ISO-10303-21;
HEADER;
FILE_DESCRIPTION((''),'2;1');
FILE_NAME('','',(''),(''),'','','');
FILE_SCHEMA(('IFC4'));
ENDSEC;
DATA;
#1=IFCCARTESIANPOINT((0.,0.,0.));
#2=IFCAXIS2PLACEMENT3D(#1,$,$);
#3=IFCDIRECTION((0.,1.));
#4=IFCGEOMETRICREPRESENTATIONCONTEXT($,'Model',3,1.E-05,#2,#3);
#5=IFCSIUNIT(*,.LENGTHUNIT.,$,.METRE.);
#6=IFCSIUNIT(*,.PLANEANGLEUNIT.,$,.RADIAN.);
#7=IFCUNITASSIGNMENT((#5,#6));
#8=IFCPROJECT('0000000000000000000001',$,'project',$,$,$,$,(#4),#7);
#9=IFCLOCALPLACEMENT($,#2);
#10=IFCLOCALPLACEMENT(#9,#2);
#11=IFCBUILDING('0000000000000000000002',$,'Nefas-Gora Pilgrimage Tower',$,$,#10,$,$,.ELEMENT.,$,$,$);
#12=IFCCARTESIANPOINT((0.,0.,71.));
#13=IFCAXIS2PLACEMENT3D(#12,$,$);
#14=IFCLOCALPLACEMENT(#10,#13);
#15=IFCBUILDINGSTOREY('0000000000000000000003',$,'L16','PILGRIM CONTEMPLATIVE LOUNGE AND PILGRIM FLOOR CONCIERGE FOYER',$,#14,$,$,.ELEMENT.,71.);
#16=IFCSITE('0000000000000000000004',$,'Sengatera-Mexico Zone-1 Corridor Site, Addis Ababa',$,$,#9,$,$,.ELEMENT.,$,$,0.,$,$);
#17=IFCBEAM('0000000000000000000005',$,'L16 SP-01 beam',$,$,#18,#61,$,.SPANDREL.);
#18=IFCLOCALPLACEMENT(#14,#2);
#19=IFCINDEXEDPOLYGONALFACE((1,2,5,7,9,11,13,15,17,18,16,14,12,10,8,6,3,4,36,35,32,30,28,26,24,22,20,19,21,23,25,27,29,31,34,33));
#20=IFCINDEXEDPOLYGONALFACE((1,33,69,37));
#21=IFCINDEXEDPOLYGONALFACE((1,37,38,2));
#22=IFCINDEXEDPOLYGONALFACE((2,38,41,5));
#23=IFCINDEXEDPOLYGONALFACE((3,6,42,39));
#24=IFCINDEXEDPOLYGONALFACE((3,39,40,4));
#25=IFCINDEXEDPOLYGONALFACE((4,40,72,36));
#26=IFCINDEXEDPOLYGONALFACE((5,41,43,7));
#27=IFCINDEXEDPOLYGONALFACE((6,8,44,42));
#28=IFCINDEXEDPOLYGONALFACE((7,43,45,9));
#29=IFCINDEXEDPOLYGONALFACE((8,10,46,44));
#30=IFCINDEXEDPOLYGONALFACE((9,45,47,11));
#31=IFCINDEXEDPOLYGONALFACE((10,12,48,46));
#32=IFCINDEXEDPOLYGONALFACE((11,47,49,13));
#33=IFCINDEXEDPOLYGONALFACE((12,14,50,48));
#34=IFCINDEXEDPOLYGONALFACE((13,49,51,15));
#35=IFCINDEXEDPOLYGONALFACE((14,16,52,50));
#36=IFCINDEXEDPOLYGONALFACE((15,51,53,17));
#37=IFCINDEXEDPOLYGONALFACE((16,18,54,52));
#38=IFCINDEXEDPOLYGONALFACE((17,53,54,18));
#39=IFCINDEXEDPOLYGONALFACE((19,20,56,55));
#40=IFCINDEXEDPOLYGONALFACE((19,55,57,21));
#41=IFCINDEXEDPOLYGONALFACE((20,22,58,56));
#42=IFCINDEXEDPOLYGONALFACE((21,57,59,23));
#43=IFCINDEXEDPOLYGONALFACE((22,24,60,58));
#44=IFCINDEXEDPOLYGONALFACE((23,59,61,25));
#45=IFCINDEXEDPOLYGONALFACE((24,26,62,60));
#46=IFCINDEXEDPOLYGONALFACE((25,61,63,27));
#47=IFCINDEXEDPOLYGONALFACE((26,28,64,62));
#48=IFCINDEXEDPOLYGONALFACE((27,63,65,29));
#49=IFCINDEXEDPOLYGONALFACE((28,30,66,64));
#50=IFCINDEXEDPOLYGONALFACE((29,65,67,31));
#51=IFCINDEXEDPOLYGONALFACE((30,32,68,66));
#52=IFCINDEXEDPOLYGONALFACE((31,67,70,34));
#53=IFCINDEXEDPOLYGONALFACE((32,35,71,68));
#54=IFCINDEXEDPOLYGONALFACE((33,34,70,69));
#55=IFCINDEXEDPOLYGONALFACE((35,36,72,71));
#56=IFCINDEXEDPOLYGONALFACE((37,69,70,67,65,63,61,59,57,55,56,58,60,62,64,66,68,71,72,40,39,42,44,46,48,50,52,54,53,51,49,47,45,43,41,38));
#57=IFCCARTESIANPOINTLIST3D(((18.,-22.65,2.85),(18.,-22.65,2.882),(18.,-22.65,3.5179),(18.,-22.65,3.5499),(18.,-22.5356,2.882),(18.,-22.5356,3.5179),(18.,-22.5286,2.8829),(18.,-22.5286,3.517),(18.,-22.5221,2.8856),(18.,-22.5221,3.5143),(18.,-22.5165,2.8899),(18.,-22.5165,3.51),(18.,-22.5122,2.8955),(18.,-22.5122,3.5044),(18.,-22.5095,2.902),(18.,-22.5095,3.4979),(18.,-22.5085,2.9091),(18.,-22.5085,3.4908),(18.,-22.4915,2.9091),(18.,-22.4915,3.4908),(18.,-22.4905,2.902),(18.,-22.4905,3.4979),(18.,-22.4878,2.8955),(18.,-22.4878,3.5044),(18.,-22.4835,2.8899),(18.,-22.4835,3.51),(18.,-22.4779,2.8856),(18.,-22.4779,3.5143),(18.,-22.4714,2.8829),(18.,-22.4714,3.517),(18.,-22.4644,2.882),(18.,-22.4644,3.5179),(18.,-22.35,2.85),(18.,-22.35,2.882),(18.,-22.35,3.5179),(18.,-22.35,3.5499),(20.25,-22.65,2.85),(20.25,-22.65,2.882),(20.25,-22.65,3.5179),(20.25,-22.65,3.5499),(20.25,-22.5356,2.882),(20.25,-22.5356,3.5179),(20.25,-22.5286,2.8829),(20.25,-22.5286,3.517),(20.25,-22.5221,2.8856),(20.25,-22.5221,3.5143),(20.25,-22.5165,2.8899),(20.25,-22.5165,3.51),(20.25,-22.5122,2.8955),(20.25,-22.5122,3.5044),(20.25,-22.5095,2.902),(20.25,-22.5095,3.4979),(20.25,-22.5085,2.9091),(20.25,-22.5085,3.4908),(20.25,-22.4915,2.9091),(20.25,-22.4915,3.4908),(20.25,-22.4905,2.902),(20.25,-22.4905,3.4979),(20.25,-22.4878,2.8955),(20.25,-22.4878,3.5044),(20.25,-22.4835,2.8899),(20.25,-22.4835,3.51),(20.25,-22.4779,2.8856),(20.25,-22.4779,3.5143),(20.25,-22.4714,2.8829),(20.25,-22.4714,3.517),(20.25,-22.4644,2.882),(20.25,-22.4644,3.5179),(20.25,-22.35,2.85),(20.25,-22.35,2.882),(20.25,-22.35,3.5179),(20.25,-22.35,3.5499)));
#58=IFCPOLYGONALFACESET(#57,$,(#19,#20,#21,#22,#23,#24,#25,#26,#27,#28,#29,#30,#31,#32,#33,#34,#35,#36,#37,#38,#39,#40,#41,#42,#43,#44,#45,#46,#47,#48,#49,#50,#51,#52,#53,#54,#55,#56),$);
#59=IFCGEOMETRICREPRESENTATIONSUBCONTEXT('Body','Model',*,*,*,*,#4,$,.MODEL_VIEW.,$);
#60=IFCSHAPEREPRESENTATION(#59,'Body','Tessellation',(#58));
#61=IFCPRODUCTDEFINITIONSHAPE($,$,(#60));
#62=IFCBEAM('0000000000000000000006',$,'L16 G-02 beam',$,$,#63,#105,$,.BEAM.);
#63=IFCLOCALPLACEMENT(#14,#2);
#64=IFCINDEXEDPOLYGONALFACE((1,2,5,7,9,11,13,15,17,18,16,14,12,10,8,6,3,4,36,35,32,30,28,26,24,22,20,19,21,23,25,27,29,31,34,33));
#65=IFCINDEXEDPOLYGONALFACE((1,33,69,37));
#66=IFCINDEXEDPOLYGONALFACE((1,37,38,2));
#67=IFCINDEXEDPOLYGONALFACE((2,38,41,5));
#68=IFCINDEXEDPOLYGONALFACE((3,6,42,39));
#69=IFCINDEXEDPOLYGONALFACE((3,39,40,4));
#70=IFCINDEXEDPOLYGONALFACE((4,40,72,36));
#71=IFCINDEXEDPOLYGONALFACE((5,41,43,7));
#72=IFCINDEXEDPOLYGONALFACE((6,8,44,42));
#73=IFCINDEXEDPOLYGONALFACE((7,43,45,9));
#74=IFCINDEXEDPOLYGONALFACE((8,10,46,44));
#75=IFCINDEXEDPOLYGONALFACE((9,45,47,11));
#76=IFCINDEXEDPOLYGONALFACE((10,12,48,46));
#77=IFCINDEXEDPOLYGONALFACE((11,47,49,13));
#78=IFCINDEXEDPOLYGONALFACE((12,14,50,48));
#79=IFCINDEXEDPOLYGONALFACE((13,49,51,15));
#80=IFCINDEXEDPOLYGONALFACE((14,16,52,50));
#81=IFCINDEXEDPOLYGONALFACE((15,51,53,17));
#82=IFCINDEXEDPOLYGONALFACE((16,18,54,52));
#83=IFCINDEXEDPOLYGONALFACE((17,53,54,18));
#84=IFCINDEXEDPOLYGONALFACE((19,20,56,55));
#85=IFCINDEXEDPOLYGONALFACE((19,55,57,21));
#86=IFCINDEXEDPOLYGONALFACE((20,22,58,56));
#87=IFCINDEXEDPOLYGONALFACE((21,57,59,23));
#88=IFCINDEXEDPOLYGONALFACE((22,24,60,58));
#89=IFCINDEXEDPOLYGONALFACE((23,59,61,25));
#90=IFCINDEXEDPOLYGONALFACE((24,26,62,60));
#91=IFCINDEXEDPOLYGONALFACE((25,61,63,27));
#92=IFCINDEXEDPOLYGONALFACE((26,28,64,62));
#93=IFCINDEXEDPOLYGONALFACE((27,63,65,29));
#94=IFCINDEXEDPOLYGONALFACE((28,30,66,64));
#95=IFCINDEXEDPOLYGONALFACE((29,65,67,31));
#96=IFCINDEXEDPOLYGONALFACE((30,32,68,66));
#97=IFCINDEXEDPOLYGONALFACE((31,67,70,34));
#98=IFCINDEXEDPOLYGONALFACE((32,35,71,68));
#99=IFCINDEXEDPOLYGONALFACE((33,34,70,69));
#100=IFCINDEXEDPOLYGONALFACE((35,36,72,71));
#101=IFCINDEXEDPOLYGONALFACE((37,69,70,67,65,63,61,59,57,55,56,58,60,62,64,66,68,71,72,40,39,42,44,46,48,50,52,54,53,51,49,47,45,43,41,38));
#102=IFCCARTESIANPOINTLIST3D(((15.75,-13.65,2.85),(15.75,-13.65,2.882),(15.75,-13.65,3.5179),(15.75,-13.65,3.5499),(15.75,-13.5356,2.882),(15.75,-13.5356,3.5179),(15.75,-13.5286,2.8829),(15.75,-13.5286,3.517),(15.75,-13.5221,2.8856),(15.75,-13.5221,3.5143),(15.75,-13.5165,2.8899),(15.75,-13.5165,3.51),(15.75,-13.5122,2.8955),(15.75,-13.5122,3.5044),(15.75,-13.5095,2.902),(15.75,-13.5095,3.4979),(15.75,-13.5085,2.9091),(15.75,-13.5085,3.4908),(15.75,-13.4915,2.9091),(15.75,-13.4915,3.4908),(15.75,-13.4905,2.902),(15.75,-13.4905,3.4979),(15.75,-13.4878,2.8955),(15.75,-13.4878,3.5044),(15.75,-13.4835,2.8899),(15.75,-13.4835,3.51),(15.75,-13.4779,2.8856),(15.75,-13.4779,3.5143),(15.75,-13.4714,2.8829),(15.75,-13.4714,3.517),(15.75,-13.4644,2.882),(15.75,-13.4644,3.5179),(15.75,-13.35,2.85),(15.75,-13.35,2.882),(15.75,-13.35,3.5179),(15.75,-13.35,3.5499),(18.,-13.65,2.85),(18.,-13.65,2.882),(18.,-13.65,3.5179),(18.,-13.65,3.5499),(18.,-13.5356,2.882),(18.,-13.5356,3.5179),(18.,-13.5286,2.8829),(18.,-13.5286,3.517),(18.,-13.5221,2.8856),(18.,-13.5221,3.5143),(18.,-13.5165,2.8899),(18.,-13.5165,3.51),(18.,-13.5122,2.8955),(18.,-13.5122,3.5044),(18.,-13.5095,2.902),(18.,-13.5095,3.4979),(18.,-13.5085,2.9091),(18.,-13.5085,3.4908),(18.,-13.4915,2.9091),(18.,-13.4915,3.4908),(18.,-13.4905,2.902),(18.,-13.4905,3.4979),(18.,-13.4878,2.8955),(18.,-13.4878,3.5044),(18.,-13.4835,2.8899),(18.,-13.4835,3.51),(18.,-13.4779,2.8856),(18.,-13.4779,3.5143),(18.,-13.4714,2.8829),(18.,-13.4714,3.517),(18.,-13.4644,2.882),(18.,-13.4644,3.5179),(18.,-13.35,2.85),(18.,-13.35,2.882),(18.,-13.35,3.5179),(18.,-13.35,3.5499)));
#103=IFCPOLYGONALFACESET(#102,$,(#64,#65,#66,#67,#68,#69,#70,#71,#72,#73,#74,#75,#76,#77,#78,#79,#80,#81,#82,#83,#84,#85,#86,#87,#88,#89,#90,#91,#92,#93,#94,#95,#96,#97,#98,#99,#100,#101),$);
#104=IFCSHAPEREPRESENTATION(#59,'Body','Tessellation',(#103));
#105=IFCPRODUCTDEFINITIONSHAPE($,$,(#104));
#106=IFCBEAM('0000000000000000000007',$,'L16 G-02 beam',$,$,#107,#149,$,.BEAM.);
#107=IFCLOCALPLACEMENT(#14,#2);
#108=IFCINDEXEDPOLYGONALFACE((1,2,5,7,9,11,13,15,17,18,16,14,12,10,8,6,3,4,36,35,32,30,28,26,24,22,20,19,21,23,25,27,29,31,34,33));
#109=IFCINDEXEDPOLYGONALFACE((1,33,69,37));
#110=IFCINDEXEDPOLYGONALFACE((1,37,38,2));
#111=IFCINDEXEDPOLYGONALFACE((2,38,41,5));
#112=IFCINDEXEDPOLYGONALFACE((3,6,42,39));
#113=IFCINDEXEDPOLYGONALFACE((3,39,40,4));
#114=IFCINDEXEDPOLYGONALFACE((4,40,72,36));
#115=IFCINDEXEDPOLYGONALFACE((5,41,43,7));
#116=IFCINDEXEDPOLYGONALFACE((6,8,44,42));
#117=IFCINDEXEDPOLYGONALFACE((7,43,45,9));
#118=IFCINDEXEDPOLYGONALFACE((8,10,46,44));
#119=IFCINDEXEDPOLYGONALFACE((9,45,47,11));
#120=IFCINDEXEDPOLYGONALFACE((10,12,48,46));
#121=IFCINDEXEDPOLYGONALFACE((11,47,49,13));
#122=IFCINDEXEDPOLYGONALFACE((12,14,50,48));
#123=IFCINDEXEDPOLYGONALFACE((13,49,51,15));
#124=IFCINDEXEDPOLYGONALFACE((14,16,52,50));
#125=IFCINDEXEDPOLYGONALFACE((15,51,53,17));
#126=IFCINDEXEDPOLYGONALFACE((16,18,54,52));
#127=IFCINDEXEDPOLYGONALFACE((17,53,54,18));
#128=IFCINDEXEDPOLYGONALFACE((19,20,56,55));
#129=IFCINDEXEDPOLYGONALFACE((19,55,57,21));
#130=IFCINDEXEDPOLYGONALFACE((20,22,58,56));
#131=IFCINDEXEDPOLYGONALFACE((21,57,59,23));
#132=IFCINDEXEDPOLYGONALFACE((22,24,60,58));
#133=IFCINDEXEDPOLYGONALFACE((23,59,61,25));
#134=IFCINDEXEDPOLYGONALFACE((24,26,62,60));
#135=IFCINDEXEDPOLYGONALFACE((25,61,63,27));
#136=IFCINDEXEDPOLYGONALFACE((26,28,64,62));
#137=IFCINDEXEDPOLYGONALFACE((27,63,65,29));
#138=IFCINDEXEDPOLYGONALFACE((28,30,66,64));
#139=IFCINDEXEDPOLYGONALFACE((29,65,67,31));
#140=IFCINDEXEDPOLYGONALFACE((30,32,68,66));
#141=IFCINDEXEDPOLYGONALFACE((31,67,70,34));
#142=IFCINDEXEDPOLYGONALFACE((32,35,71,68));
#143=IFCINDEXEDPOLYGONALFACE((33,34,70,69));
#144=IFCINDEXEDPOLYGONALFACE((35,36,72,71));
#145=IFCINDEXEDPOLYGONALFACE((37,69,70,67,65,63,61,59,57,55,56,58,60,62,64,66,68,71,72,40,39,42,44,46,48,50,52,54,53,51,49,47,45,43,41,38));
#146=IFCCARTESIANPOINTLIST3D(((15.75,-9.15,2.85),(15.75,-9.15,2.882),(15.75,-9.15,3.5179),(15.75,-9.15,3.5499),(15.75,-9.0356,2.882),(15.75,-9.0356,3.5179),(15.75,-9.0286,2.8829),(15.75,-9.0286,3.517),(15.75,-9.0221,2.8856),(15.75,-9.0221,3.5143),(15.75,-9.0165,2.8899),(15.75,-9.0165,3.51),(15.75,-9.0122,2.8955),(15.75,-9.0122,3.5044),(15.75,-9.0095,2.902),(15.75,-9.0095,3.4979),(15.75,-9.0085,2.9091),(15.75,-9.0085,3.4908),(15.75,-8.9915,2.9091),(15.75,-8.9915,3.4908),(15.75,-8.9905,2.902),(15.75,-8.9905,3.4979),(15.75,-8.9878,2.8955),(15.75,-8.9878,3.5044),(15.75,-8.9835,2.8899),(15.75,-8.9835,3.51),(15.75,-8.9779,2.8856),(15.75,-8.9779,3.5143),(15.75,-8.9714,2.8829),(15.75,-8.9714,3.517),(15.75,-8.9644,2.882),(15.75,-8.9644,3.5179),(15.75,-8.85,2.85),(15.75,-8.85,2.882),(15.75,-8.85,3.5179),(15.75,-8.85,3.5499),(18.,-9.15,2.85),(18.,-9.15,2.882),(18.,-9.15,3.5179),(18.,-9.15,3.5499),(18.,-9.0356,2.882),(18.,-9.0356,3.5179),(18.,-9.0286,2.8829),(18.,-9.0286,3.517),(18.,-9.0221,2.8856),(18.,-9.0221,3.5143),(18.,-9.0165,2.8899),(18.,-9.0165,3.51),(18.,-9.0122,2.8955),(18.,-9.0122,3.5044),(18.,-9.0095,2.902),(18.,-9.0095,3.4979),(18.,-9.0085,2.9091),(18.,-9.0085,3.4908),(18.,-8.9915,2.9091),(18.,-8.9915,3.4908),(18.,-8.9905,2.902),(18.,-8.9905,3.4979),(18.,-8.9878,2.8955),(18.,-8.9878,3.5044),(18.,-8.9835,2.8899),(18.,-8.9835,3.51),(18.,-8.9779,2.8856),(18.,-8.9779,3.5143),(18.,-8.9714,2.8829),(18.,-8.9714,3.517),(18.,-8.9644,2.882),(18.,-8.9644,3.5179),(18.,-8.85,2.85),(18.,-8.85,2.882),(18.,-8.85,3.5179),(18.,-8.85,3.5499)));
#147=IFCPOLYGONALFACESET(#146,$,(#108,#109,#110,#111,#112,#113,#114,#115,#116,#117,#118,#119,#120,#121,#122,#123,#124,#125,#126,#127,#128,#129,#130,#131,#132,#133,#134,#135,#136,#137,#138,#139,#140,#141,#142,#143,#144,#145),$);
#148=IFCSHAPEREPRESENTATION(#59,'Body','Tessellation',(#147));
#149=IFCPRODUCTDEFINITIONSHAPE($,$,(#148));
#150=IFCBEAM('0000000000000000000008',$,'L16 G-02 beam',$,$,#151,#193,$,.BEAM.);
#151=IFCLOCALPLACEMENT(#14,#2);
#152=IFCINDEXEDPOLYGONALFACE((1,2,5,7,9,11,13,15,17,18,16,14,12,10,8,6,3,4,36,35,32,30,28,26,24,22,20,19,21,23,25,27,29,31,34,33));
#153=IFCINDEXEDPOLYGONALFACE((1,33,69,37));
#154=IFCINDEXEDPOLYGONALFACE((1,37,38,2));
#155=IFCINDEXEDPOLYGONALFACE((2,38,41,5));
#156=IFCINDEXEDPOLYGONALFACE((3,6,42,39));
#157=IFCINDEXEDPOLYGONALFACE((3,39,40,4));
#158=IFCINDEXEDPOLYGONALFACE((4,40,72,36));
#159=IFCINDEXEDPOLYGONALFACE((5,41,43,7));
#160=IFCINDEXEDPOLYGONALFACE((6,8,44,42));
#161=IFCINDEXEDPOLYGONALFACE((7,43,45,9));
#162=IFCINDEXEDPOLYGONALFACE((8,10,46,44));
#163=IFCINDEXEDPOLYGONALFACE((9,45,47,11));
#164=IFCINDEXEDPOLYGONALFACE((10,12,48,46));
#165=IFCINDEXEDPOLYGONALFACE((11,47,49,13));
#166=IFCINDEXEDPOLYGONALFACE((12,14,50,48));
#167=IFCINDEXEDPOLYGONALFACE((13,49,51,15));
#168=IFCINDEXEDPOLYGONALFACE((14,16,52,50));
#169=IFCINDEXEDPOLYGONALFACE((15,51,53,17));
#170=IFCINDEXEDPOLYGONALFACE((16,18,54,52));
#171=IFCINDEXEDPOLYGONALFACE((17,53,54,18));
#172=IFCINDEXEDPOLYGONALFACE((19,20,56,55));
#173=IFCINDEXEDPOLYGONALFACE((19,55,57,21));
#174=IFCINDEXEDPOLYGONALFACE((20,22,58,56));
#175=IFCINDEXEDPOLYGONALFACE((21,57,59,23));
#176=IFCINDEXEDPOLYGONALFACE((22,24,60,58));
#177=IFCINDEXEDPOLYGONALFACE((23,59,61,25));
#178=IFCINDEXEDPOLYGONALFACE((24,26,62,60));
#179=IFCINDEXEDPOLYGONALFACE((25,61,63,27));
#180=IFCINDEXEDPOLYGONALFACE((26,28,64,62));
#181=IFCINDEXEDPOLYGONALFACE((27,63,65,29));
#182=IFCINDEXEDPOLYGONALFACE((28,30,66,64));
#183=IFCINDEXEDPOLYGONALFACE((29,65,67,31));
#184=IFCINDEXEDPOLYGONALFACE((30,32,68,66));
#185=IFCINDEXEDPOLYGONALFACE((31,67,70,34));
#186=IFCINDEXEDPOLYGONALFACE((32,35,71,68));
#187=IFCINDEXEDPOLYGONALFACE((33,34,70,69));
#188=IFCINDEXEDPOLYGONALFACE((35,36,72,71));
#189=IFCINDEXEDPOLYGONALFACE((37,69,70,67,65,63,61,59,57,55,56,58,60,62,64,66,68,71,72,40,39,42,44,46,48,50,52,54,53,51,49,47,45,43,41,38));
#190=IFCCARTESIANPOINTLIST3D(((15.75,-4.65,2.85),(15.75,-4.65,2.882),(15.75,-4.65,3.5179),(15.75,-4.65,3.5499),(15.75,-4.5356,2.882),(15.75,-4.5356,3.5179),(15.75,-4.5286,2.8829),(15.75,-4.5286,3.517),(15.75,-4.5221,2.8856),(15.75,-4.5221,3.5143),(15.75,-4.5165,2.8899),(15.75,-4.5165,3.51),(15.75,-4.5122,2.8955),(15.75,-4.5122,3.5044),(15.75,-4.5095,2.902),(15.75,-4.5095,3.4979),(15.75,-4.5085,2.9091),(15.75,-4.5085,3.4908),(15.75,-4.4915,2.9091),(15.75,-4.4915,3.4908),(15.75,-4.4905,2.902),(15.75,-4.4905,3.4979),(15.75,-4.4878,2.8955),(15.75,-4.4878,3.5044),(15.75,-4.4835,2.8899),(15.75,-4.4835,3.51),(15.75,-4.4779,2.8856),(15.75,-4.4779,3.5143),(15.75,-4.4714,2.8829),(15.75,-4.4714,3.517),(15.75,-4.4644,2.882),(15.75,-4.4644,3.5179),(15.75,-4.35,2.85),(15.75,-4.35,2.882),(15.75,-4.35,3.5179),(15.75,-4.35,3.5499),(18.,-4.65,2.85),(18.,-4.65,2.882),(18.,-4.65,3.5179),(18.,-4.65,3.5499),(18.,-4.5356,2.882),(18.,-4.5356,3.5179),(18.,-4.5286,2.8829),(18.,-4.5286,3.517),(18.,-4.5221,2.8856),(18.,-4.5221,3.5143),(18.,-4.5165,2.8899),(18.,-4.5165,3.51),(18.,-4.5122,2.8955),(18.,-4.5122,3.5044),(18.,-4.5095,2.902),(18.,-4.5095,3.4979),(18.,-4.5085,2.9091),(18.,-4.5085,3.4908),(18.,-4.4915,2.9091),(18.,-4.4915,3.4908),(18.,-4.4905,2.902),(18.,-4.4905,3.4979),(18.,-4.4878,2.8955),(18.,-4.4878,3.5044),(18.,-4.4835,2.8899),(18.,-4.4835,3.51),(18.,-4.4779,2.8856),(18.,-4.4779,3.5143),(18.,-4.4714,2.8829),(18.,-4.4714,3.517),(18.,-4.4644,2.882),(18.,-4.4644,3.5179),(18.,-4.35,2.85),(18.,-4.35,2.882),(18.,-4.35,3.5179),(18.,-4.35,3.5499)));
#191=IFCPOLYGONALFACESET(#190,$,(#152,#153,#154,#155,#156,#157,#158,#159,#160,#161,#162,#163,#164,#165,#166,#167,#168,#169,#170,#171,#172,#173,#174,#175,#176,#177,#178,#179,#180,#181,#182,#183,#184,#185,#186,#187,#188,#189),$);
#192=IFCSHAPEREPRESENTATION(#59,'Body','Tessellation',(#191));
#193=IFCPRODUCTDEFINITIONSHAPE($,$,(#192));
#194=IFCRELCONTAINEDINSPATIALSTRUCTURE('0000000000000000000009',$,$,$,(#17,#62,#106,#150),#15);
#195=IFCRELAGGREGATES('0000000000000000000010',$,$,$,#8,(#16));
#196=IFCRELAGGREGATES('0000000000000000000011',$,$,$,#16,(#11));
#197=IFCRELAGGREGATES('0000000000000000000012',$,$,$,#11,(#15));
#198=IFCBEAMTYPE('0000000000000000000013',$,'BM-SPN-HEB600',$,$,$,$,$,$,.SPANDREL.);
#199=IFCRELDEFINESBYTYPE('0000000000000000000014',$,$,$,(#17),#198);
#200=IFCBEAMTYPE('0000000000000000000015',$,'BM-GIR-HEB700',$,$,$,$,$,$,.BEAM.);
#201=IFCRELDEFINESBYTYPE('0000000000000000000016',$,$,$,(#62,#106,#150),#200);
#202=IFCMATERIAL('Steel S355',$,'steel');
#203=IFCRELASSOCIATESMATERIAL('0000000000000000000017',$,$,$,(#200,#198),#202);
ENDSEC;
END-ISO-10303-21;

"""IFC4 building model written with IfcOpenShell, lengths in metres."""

from ifc_helpers import new_model, si_unit, direction, frame, origin, origin_2d, place, context, subcontext, project, spatial, i_section, extrude, source, transform, mapped, material, material_profile, profile_set, type_object, element, save


model = new_model("IFC4")

# Units and contexts
model_context = context("Model", 3, precision=1e-05, world=origin(), true_north=direction((0.0, 1.0)))
body_context = subcontext(model_context, "Body", "Model", "MODEL_VIEW")
ifc_project = project(units=[si_unit("LENGTHUNIT", "METRE"), si_unit("PLANEANGLEUNIT", "RADIAN")], contexts=[model_context])

# Site, building, storey
site_placement = place(None, origin())
site = spatial("IfcSite", under=ifc_project, at=site_placement, Name="Sengatera-Mexico Zone-1 Corridor Site, Addis Ababa", CompositionType="ELEMENT", RefElevation=0.0)
building_placement = place(site_placement, origin())
building = spatial("IfcBuilding", under=site, at=building_placement, Name="Nefas-Gora Pilgrimage Tower", CompositionType="ELEMENT")
storey_placement = place(building_placement, frame((0.0, 0.0, 71.0)))
storey = spatial("IfcBuildingStorey", under=building, at=storey_placement, Name="L16", Description="PILGRIM CONTEMPLATIVE LOUNGE AND PILGRIM FLOOR CONCIERGE FOYER", CompositionType="ELEMENT", Elevation=71.0)

# Beams
ifc_material_1 = material(Name="Steel S355", Category="steel")
ifc_material_profile_1 = material_profile(ifc_material_1, i_section(OverallWidth=0.3, OverallDepth=0.7, WebThickness=0.0171, FlangeThickness=0.032, FilletRadius=0.0271, at=origin_2d()), Name="HEB 700")
ifc_profile_set_1 = profile_set([ifc_material_profile_1], Name="Steel S355")
beam_type_1 = type_object("IfcBeamType", Name="BM-GIR-HEB700", PredefinedType="BEAM", material=ifc_profile_set_1)
ifc_material_profile_2 = material_profile(ifc_material_1, i_section(OverallWidth=0.3, OverallDepth=0.7, WebThickness=0.0171, FlangeThickness=0.032, FilletRadius=0.0271, at=origin_2d()), Name="HEB 700")
ifc_profile_set_2 = profile_set([ifc_material_profile_2], Name="Steel S355")
beam_type_2 = type_object("IfcBeamType", Name="BM-SPN-HEB600", PredefinedType="SPANDREL", material=ifc_profile_set_2)
shared_shape_1 = source(origin(), body_context, "Body", "SweptSolid", [
    extrude(i_section(OverallWidth=0.3, OverallDepth=0.7, WebThickness=0.0171, FlangeThickness=0.032, FilletRadius=0.0271, at=origin_2d()), origin(), (0.0, 0.0, 1.0), 2.25),
])
for number, where, z_axis, x_axis, name in (
    (1, (18.0, -22.5, 3.2), (1.0, 0.0, 0.0), (0.0, 1.0, 0.0), "L16 SP-01 beam"),
):
    element("IfcBeam", number, at=place(storey_placement, frame(where, z_axis=z_axis, x_axis=x_axis)), inside=storey, type_object=beam_type_2, Name=name, PredefinedType="SPANDREL", context=body_context, shape_type="MappedRepresentation", body=[
        mapped(shared_shape_1, transform((0.0, 0.0, 0.0), x_axis=(1.0, 0.0, 0.0), y_axis=(0.0, 1.0, 0.0), z_axis=(0.0, 0.0, 1.0), scale=1.0)),
    ])
shared_shape_2 = source(origin(), body_context, "Body", "SweptSolid", [
    extrude(i_section(OverallWidth=0.3, OverallDepth=0.7, WebThickness=0.0171, FlangeThickness=0.032, FilletRadius=0.0271, at=origin_2d()), origin(), (0.0, 0.0, 1.0), 2.25),
])
for number, where, z_axis, x_axis, name in (
    (2, (15.75, -13.5, 3.2), (1.0, 0.0, 0.0), (0.0, 1.0, 0.0), "L16 G-02 beam"),
    (3, (15.75, -9.0, 3.2), (1.0, 0.0, 0.0), (0.0, 1.0, 0.0), "L16 G-02 beam"),
    (4, (15.75, -4.5, 3.2), (1.0, 0.0, 0.0), (0.0, 1.0, 0.0), "L16 G-02 beam"),
):
    element("IfcBeam", number, at=place(storey_placement, frame(where, z_axis=z_axis, x_axis=x_axis)), inside=storey, type_object=beam_type_1, Name=name, PredefinedType="BEAM", context=body_context, shape_type="MappedRepresentation", body=[
        mapped(shared_shape_2, transform((0.0, 0.0, 0.0), x_axis=(1.0, 0.0, 0.0), y_axis=(0.0, 1.0, 0.0), z_axis=(0.0, 0.0, 1.0), scale=1.0)),
    ])

save(model, "model.ifc")
